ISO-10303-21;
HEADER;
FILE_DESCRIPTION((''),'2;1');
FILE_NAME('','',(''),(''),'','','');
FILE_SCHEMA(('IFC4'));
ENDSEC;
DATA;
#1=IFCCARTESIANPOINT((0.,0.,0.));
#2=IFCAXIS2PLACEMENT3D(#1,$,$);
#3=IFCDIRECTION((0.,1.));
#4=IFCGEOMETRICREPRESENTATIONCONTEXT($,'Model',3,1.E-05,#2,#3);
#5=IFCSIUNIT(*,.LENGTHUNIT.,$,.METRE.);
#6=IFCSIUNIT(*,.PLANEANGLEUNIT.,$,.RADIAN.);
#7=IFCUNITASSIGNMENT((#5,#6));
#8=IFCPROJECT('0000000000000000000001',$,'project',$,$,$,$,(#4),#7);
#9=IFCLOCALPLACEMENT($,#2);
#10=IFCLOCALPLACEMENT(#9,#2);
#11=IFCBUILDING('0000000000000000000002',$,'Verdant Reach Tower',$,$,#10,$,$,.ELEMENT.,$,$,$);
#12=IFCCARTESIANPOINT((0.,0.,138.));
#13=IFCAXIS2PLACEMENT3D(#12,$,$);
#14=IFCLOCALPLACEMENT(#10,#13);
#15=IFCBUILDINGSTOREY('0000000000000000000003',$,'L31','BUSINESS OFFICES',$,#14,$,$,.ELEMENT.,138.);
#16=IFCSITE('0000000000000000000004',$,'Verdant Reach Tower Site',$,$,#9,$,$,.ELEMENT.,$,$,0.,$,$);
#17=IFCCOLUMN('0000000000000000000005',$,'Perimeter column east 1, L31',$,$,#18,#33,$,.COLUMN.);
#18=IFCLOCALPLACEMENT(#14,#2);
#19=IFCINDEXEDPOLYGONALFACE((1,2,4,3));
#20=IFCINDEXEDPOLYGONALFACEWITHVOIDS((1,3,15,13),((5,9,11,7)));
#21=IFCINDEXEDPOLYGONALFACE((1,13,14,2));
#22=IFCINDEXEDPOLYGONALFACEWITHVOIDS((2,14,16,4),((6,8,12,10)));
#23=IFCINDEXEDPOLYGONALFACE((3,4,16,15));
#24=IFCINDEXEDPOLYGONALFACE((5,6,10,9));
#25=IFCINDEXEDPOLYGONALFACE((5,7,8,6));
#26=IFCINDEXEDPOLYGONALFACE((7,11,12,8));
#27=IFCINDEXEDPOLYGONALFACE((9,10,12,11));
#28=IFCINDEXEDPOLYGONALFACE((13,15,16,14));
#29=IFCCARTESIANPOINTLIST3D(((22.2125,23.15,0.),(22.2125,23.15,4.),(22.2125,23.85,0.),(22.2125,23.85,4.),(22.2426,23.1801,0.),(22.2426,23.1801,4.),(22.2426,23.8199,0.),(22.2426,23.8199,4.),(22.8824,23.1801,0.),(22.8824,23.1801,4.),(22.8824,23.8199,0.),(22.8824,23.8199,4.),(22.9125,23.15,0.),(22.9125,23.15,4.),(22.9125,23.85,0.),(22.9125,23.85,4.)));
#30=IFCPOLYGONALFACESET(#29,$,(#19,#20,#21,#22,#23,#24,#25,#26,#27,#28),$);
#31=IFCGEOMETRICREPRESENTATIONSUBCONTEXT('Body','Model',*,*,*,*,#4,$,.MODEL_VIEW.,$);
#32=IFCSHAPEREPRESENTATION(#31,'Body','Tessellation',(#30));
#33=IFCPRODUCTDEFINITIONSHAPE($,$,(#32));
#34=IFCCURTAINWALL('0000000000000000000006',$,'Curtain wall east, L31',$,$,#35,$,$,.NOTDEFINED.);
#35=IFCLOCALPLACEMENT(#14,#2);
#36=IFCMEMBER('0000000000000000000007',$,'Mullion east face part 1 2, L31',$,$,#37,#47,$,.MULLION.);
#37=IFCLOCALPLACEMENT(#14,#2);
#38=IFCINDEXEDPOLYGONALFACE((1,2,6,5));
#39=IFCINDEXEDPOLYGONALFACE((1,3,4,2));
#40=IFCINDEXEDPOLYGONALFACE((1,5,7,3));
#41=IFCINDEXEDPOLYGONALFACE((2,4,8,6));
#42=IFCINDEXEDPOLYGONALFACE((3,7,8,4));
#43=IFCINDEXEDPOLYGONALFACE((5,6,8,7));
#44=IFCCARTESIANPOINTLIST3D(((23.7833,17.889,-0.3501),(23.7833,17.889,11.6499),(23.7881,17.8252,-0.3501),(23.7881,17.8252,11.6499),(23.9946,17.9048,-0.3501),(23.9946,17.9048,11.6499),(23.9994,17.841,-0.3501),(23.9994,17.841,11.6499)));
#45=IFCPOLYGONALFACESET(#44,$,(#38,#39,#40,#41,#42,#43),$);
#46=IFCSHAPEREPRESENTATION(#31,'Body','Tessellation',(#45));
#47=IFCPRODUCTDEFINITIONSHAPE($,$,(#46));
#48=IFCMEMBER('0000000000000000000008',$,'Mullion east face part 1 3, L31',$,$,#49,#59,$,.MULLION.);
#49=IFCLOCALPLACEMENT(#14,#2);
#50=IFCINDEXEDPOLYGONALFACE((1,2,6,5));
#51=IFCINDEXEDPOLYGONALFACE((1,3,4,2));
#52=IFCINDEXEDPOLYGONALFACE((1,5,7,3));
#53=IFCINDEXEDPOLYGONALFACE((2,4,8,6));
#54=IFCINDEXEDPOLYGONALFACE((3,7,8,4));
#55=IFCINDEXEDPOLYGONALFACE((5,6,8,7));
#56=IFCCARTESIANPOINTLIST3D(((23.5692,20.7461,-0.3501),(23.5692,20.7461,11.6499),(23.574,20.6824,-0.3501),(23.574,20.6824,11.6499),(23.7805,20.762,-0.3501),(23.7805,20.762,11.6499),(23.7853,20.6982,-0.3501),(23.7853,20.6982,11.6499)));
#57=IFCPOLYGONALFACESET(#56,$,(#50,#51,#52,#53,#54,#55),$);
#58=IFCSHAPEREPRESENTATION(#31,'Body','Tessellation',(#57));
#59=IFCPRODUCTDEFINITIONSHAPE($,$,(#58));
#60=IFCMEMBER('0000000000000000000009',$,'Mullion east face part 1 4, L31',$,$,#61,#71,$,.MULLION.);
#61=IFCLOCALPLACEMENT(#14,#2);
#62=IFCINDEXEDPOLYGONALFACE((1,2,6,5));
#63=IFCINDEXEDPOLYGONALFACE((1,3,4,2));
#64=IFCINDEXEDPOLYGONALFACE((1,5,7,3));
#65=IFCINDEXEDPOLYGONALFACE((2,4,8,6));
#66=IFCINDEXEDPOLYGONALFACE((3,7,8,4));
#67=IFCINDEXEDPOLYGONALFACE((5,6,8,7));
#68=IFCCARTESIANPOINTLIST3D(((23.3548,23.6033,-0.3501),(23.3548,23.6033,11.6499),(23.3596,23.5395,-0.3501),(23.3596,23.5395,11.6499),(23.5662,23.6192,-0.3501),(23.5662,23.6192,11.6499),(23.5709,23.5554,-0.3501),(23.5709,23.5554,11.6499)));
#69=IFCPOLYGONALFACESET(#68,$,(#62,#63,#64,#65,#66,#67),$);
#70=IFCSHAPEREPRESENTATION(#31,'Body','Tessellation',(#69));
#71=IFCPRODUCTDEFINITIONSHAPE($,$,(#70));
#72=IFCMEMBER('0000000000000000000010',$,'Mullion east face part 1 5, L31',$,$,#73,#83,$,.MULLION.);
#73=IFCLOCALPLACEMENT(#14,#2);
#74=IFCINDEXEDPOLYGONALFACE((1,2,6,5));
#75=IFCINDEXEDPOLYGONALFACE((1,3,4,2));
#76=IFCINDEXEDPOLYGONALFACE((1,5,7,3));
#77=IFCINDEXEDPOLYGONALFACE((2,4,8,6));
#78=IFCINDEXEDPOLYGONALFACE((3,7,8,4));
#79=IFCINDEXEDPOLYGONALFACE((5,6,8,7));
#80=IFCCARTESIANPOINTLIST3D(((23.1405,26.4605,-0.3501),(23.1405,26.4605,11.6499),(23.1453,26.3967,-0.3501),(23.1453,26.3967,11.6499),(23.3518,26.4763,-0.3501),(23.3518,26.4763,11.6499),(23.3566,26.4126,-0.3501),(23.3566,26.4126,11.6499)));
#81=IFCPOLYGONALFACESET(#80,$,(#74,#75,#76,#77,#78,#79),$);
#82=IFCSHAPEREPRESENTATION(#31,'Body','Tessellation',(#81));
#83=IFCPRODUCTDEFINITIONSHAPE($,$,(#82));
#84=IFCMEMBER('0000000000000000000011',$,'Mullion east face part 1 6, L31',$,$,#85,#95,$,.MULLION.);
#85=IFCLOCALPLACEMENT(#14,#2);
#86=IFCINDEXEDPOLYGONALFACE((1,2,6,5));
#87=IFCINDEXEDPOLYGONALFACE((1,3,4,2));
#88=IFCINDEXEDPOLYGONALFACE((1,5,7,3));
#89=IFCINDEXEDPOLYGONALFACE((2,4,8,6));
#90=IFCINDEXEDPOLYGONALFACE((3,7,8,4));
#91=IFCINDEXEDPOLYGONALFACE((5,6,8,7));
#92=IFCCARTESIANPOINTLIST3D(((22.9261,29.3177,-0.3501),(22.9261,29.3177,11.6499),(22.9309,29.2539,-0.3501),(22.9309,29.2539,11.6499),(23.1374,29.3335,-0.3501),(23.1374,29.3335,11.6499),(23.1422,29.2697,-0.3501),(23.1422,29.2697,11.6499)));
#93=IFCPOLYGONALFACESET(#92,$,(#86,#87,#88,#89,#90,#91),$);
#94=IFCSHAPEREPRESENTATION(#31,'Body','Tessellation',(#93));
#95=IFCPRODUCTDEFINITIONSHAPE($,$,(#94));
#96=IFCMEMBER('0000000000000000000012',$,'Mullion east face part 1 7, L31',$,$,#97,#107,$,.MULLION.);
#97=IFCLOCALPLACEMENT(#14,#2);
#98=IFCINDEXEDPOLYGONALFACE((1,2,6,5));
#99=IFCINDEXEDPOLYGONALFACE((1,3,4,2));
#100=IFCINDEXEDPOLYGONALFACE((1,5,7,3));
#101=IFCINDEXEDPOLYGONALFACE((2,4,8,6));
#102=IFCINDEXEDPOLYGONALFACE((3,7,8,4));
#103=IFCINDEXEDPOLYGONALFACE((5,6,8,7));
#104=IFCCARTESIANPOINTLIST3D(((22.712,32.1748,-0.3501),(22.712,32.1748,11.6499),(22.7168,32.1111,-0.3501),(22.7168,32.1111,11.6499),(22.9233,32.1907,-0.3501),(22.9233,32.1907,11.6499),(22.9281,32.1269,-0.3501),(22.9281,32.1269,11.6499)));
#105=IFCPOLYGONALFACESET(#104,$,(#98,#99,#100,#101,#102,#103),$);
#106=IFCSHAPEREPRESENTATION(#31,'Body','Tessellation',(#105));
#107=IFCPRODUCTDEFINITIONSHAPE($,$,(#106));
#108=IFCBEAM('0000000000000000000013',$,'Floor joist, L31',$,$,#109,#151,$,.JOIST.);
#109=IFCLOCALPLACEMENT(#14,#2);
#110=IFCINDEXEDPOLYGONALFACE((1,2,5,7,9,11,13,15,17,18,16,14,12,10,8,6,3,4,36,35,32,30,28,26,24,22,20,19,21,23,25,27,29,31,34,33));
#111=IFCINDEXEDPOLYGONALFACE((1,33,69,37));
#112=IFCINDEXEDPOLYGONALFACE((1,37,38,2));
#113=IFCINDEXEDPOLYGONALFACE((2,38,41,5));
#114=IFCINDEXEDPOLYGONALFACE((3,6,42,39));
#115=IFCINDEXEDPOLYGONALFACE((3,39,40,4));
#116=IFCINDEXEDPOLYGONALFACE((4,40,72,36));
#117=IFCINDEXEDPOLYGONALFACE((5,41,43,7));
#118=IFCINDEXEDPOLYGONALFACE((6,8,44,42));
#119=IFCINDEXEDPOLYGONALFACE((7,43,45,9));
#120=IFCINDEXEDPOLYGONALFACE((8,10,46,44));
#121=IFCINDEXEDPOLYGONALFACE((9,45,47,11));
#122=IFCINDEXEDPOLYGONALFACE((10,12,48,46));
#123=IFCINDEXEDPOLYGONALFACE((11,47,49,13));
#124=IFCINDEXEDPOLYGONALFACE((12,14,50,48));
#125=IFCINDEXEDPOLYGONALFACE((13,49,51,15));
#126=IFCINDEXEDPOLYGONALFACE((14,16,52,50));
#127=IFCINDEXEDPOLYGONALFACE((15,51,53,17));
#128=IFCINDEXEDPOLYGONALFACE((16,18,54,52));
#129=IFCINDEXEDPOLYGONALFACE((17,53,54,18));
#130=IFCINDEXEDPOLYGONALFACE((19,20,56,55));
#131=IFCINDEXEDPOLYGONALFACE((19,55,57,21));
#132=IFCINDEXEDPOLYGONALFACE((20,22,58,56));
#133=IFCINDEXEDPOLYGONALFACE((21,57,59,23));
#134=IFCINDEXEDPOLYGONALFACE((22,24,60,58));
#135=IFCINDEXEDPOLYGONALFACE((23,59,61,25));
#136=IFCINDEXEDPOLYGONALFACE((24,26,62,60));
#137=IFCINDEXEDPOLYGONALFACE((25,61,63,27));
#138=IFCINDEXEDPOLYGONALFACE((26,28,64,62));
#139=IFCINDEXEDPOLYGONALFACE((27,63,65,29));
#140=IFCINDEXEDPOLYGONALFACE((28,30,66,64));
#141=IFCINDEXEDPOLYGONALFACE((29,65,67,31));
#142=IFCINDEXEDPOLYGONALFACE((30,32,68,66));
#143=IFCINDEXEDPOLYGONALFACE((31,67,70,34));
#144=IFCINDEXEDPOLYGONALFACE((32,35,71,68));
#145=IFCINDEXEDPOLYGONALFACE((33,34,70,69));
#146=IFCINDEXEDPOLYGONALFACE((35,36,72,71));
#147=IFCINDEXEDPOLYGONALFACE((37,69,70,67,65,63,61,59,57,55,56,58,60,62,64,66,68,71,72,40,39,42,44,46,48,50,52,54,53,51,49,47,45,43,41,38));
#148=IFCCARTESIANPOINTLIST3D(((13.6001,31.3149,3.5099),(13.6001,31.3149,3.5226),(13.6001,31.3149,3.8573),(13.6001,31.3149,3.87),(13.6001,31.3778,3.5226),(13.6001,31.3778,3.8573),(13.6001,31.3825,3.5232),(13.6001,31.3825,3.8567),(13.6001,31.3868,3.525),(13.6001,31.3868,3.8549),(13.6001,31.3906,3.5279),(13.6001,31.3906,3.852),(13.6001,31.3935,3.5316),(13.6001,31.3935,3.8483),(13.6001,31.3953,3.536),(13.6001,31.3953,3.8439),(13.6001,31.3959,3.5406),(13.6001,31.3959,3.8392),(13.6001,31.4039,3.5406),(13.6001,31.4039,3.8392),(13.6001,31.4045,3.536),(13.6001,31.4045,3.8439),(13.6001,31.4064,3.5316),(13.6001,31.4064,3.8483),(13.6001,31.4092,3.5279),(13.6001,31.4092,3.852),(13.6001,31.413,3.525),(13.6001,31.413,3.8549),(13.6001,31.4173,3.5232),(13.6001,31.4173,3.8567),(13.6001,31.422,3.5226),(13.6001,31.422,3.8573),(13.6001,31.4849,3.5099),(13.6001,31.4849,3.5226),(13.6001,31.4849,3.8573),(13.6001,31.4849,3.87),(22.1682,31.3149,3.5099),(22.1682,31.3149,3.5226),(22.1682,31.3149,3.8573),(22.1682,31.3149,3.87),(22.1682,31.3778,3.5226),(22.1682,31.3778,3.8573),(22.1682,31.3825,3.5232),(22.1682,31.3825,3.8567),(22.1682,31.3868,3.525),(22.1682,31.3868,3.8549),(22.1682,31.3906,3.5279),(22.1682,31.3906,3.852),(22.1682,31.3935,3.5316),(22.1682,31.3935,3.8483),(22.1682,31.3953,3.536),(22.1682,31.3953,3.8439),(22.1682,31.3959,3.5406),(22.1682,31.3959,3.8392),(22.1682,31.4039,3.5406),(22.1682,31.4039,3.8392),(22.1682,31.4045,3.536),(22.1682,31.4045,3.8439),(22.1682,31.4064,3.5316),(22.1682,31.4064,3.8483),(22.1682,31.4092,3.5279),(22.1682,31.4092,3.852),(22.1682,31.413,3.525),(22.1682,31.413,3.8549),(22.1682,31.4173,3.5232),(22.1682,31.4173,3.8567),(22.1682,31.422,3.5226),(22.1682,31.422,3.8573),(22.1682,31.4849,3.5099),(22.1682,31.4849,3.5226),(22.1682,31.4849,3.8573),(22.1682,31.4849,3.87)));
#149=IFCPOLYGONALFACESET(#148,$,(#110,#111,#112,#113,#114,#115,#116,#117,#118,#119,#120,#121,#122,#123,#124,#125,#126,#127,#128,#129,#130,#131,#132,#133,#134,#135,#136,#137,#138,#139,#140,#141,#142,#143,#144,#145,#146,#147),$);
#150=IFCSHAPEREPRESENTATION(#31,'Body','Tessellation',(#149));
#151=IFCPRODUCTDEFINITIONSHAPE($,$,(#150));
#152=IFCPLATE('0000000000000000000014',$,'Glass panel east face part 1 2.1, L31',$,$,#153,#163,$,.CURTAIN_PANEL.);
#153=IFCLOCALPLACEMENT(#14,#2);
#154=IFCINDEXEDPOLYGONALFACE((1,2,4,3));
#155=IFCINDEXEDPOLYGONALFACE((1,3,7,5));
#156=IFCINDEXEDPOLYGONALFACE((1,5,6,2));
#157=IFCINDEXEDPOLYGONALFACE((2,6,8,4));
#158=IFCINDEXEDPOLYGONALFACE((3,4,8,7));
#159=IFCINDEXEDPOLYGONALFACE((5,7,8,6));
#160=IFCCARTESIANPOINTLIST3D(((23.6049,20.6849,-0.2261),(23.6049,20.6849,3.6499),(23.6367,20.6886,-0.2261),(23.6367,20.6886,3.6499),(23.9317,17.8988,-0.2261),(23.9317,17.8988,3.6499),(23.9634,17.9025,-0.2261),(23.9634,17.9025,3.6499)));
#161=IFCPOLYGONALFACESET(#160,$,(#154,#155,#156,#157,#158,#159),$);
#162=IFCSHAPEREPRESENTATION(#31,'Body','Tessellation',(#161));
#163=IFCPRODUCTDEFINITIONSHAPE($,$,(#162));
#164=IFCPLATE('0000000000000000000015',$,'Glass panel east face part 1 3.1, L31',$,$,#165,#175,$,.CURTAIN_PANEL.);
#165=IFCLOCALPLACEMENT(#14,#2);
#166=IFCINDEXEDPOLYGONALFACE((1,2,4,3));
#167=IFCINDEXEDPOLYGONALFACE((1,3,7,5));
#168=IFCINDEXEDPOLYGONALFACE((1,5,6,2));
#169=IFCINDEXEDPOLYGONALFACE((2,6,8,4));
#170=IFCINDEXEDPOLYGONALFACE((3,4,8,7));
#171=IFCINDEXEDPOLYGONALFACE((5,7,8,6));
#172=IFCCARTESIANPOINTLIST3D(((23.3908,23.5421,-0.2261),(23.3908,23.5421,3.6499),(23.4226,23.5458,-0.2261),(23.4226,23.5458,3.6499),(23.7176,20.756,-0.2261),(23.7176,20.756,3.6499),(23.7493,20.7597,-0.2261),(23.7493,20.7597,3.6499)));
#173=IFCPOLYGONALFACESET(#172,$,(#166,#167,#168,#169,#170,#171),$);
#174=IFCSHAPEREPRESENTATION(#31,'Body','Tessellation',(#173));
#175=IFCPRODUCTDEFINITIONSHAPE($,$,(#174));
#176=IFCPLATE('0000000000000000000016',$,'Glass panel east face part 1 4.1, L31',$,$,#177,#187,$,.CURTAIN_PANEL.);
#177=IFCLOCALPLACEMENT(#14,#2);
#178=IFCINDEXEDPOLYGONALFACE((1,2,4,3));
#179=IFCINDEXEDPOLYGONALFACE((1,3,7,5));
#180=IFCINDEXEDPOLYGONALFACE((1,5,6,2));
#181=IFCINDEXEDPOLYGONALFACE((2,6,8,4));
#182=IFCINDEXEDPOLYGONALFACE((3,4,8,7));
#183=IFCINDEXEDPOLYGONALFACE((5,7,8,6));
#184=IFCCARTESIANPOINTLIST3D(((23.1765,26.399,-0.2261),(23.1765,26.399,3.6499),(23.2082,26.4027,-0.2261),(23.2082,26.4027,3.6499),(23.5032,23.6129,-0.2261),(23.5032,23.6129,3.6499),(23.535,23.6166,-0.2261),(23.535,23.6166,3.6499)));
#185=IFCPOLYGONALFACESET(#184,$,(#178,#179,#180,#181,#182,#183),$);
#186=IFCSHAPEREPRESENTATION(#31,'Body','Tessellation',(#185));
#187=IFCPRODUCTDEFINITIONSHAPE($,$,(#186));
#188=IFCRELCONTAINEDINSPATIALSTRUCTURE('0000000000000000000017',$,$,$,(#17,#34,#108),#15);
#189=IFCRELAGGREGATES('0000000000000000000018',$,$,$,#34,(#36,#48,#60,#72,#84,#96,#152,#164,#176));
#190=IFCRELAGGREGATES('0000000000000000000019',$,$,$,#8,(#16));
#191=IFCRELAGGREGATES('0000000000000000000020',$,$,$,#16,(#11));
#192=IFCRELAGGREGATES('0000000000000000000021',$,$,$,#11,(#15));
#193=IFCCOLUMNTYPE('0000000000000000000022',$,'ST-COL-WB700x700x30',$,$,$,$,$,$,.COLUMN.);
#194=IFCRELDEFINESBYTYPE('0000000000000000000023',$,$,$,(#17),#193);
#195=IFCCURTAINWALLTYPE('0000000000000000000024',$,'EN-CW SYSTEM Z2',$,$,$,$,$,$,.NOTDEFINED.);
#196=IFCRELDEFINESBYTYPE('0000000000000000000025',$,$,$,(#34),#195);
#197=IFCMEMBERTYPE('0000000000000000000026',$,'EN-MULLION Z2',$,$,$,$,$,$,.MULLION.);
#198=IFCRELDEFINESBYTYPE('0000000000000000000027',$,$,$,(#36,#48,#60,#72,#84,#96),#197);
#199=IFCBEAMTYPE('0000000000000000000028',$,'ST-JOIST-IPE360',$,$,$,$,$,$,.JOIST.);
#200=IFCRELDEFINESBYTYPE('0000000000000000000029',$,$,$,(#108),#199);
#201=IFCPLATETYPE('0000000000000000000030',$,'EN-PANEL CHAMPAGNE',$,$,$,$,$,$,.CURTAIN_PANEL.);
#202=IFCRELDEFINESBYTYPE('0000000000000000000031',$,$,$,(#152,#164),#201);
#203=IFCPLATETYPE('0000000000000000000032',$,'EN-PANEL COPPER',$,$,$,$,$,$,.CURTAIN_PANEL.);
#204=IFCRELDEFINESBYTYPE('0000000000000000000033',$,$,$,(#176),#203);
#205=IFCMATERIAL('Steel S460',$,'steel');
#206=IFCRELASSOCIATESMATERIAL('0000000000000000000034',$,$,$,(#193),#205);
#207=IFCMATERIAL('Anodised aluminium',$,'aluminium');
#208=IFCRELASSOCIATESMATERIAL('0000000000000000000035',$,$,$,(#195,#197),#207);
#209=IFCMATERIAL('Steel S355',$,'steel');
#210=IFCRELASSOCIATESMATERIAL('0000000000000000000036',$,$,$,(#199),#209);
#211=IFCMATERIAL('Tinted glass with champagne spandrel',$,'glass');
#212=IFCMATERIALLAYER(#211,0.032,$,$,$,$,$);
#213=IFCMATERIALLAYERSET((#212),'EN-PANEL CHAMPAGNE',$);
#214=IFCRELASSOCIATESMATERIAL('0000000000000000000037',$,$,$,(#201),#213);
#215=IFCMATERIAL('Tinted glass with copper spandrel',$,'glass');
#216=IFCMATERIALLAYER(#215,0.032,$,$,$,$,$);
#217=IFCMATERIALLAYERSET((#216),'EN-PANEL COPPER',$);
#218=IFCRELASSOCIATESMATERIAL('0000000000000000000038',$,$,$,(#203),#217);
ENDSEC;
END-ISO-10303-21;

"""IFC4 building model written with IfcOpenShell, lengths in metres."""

from ifc_helpers import new_model, si_unit, direction, frame, origin, origin_2d, place, context, subcontext, project, spatial, rectangle, hollow_rectangle, i_section, extrude, material, layer, layer_set, material_profile, profile_set, type_object, element, aggregate, save


model = new_model("IFC4")

# Units and contexts
model_context = context("Model", 3, precision=1e-05, world=origin(), true_north=direction((0.0, 1.0)))
body_context = subcontext(model_context, "Body", "Model", "MODEL_VIEW")
ifc_project = project(units=[si_unit("LENGTHUNIT", "METRE"), si_unit("PLANEANGLEUNIT", "RADIAN")], contexts=[model_context])

# Site, building, storey
site_placement = place(None, origin())
site = spatial("IfcSite", under=ifc_project, at=site_placement, Name="Verdant Reach Tower Site", CompositionType="ELEMENT", RefElevation=0.0)
building_placement = place(site_placement, origin())
building = spatial("IfcBuilding", under=site, at=building_placement, Name="Verdant Reach Tower", CompositionType="ELEMENT")
storey_placement = place(building_placement, frame((0.0, 0.0, 138.0)))
storey = spatial("IfcBuildingStorey", under=building, at=storey_placement, Name="L31", Description="BUSINESS OFFICES", CompositionType="ELEMENT", Elevation=138.0)

# Column
ifc_material_1 = material(Name="Steel S460", Category="steel")
ifc_material_profile_1 = material_profile(ifc_material_1, hollow_rectangle(XDim=0.7, YDim=0.7, WallThickness=0.03, at=origin_2d()), Name="WB 700x700x30")
ifc_profile_set_1 = profile_set([ifc_material_profile_1], Name="Steel S460")
column_type = type_object("IfcColumnType", Name="ST-COL-WB700x700x30", PredefinedType="COLUMN", material=ifc_profile_set_1)
column_placement = place(storey_placement, frame((22.5625, 23.5, 0.0), z_axis=(0.0, 0.0, 1.0), x_axis=(1.0, 0.0, 0.0)))
element("IfcColumn", 1, at=column_placement, inside=storey, type_object=column_type, Name="Perimeter column east 1, L31", PredefinedType="COLUMN", context=body_context, shape_type="SweptSolid", body=[
    extrude(hollow_rectangle(XDim=0.7, YDim=0.7, WallThickness=0.03, at=origin_2d()), origin(), (0.0, 0.0, 1.0), 4.0),
])

# Curtain wall, members
ifc_material_2 = material(Name="Anodised aluminium", Category="aluminium")
curtain_wall_type = type_object("IfcCurtainWallType", Name="EN-CW SYSTEM Z2", PredefinedType="NOTDEFINED", material=ifc_material_2)
curtain_wall_placement = place(storey_placement, origin())
curtain_wall = element("IfcCurtainWall", 2, at=curtain_wall_placement, inside=storey, type_object=curtain_wall_type, Name="Curtain wall east, L31", PredefinedType="NOTDEFINED")
ifc_material_profile_2 = material_profile(ifc_material_2, rectangle(XDim=0.2119, YDim=0.064, at=origin_2d()), Name="Mullion 64x212")
ifc_profile_set_2 = profile_set([ifc_material_profile_2], Name="Anodised aluminium")
member_type = type_object("IfcMemberType", Name="EN-MULLION Z2", PredefinedType="MULLION", material=ifc_profile_set_2)
member_1_placement = place(storey_placement, frame((23.8914, 17.865, -0.3501), z_axis=(0.0, 0.0, 1.0), x_axis=(0.997199, 0.07479, 0.0)))
member_1 = element("IfcMember", 3, at=member_1_placement, type_object=member_type, Name="Mullion east face part 1 2, L31", PredefinedType="MULLION", context=body_context, shape_type="SweptSolid", body=[
    extrude(rectangle(XDim=0.2119, YDim=0.064, at=origin_2d()), origin(), (0.0, 0.0, 1.0), 12.0),
])
member_2_placement = place(storey_placement, frame((23.6772, 20.7222, -0.3501), z_axis=(0.0, 0.0, 1.0), x_axis=(0.997199, 0.07479, 0.0)))
member_2 = element("IfcMember", 4, at=member_2_placement, type_object=member_type, Name="Mullion east face part 1 3, L31", PredefinedType="MULLION", context=body_context, shape_type="SweptSolid", body=[
    extrude(rectangle(XDim=0.2119, YDim=0.064, at=origin_2d()), origin(), (0.0, 0.0, 1.0), 12.0),
])
member_3_placement = place(storey_placement, frame((23.4629, 23.5793, -0.3501), z_axis=(0.0, 0.0, 1.0), x_axis=(0.997199, 0.07479, 0.0)))
member_3 = element("IfcMember", 5, at=member_3_placement, type_object=member_type, Name="Mullion east face part 1 4, L31", PredefinedType="MULLION", context=body_context, shape_type="SweptSolid", body=[
    extrude(rectangle(XDim=0.2119, YDim=0.064, at=origin_2d()), origin(), (0.0, 0.0, 1.0), 12.0),
])
member_4_placement = place(storey_placement, frame((23.2485, 26.4365, -0.3501), z_axis=(0.0, 0.0, 1.0), x_axis=(0.997199, 0.07479, 0.0)))
member_4 = element("IfcMember", 6, at=member_4_placement, type_object=member_type, Name="Mullion east face part 1 5, L31", PredefinedType="MULLION", context=body_context, shape_type="SweptSolid", body=[
    extrude(rectangle(XDim=0.2119, YDim=0.064, at=origin_2d()), origin(), (0.0, 0.0, 1.0), 12.0),
])
member_5_placement = place(storey_placement, frame((23.0342, 29.2937, -0.3501), z_axis=(0.0, 0.0, 1.0), x_axis=(0.997199, 0.07479, 0.0)))
member_5 = element("IfcMember", 7, at=member_5_placement, type_object=member_type, Name="Mullion east face part 1 6, L31", PredefinedType="MULLION", context=body_context, shape_type="SweptSolid", body=[
    extrude(rectangle(XDim=0.2119, YDim=0.064, at=origin_2d()), origin(), (0.0, 0.0, 1.0), 12.0),
])
member_6_placement = place(storey_placement, frame((22.8201, 32.1509, -0.3501), z_axis=(0.0, 0.0, 1.0), x_axis=(0.997199, 0.07479, 0.0)))
member_6 = element("IfcMember", 8, at=member_6_placement, type_object=member_type, Name="Mullion east face part 1 7, L31", PredefinedType="MULLION", context=body_context, shape_type="SweptSolid", body=[
    extrude(rectangle(XDim=0.2119, YDim=0.064, at=origin_2d()), origin(), (0.0, 0.0, 1.0), 12.0),
])

# Beam
ifc_material_3 = material(Name="Steel S355", Category="steel")
ifc_material_profile_3 = material_profile(ifc_material_3, i_section(OverallWidth=0.1699, OverallDepth=0.3601, WebThickness=0.0081, FlangeThickness=0.0127, FilletRadius=0.0181, at=origin_2d()), Name="IPE 360")
ifc_profile_set_3 = profile_set([ifc_material_profile_3], Name="Steel S355")
beam_type = type_object("IfcBeamType", Name="ST-JOIST-IPE360", PredefinedType="JOIST", material=ifc_profile_set_3)
beam_placement = place(storey_placement, frame((13.6001, 31.3999, 3.6899), z_axis=(1.0, 0.0, 0.0), x_axis=(0.0, 1.0, 0.0)))
element("IfcBeam", 9, at=beam_placement, inside=storey, type_object=beam_type, Name="Floor joist, L31", PredefinedType="JOIST", context=body_context, shape_type="SweptSolid", body=[
    extrude(i_section(OverallWidth=0.1699, OverallDepth=0.3601, WebThickness=0.0081, FlangeThickness=0.0127, FilletRadius=0.0181, at=origin_2d()), origin(), (0.0, 0.0, 1.0), 8.5681),
])

# Plates
ifc_material_4 = material(Name="Tinted glass with champagne spandrel", Category="glass")
ifc_layer_1 = layer(ifc_material_4, 0.032)
ifc_layer_set_1 = layer_set([ifc_layer_1], Name="EN-PANEL CHAMPAGNE")
plate_type_1 = type_object("IfcPlateType", Name="EN-PANEL CHAMPAGNE", PredefinedType="CURTAIN_PANEL", material=ifc_layer_set_1)
plate_1_placement = place(storey_placement, frame((23.7842, 19.2937, -0.2261), z_axis=(0.0, 0.0, 1.0), x_axis=(-0.116483, 0.993193, 0.0)))
plate_1 = element("IfcPlate", 10, at=plate_1_placement, type_object=plate_type_1, Name="Glass panel east face part 1 2.1, L31", PredefinedType="CURTAIN_PANEL", context=body_context, shape_type="SweptSolid", body=[
    extrude(rectangle(XDim=2.8052, YDim=0.032, at=origin_2d()), origin(), (0.0, 0.0, 1.0), 3.876),
])
plate_2_placement = place(storey_placement, frame((23.5701, 22.1509, -0.2261), z_axis=(0.0, 0.0, 1.0), x_axis=(-0.116483, 0.993193, 0.0)))
plate_2 = element("IfcPlate", 11, at=plate_2_placement, type_object=plate_type_1, Name="Glass panel east face part 1 3.1, L31", PredefinedType="CURTAIN_PANEL", context=body_context, shape_type="SweptSolid", body=[
    extrude(rectangle(XDim=2.8052, YDim=0.032, at=origin_2d()), origin(), (0.0, 0.0, 1.0), 3.876),
])
ifc_material_5 = material(Name="Tinted glass with copper spandrel", Category="glass")
ifc_layer_2 = layer(ifc_material_5, 0.032)
ifc_layer_set_2 = layer_set([ifc_layer_2], Name="EN-PANEL COPPER")
plate_type_2 = type_object("IfcPlateType", Name="EN-PANEL COPPER", PredefinedType="CURTAIN_PANEL", material=ifc_layer_set_2)
plate_3_placement = place(storey_placement, frame((23.3557, 25.0078, -0.2261), z_axis=(0.0, 0.0, 1.0), x_axis=(-0.116483, 0.993193, 0.0)))
plate_3 = element("IfcPlate", 12, at=plate_3_placement, type_object=plate_type_2, Name="Glass panel east face part 1 4.1, L31", PredefinedType="CURTAIN_PANEL", context=body_context, shape_type="SweptSolid", body=[
    extrude(rectangle(XDim=2.8052, YDim=0.032, at=origin_2d()), origin(), (0.0, 0.0, 1.0), 3.876),
])
aggregate(curtain_wall, [member_1, member_2, member_3, member_4, member_5, member_6, plate_1, plate_2, plate_3])

save(model, "model.ifc")
